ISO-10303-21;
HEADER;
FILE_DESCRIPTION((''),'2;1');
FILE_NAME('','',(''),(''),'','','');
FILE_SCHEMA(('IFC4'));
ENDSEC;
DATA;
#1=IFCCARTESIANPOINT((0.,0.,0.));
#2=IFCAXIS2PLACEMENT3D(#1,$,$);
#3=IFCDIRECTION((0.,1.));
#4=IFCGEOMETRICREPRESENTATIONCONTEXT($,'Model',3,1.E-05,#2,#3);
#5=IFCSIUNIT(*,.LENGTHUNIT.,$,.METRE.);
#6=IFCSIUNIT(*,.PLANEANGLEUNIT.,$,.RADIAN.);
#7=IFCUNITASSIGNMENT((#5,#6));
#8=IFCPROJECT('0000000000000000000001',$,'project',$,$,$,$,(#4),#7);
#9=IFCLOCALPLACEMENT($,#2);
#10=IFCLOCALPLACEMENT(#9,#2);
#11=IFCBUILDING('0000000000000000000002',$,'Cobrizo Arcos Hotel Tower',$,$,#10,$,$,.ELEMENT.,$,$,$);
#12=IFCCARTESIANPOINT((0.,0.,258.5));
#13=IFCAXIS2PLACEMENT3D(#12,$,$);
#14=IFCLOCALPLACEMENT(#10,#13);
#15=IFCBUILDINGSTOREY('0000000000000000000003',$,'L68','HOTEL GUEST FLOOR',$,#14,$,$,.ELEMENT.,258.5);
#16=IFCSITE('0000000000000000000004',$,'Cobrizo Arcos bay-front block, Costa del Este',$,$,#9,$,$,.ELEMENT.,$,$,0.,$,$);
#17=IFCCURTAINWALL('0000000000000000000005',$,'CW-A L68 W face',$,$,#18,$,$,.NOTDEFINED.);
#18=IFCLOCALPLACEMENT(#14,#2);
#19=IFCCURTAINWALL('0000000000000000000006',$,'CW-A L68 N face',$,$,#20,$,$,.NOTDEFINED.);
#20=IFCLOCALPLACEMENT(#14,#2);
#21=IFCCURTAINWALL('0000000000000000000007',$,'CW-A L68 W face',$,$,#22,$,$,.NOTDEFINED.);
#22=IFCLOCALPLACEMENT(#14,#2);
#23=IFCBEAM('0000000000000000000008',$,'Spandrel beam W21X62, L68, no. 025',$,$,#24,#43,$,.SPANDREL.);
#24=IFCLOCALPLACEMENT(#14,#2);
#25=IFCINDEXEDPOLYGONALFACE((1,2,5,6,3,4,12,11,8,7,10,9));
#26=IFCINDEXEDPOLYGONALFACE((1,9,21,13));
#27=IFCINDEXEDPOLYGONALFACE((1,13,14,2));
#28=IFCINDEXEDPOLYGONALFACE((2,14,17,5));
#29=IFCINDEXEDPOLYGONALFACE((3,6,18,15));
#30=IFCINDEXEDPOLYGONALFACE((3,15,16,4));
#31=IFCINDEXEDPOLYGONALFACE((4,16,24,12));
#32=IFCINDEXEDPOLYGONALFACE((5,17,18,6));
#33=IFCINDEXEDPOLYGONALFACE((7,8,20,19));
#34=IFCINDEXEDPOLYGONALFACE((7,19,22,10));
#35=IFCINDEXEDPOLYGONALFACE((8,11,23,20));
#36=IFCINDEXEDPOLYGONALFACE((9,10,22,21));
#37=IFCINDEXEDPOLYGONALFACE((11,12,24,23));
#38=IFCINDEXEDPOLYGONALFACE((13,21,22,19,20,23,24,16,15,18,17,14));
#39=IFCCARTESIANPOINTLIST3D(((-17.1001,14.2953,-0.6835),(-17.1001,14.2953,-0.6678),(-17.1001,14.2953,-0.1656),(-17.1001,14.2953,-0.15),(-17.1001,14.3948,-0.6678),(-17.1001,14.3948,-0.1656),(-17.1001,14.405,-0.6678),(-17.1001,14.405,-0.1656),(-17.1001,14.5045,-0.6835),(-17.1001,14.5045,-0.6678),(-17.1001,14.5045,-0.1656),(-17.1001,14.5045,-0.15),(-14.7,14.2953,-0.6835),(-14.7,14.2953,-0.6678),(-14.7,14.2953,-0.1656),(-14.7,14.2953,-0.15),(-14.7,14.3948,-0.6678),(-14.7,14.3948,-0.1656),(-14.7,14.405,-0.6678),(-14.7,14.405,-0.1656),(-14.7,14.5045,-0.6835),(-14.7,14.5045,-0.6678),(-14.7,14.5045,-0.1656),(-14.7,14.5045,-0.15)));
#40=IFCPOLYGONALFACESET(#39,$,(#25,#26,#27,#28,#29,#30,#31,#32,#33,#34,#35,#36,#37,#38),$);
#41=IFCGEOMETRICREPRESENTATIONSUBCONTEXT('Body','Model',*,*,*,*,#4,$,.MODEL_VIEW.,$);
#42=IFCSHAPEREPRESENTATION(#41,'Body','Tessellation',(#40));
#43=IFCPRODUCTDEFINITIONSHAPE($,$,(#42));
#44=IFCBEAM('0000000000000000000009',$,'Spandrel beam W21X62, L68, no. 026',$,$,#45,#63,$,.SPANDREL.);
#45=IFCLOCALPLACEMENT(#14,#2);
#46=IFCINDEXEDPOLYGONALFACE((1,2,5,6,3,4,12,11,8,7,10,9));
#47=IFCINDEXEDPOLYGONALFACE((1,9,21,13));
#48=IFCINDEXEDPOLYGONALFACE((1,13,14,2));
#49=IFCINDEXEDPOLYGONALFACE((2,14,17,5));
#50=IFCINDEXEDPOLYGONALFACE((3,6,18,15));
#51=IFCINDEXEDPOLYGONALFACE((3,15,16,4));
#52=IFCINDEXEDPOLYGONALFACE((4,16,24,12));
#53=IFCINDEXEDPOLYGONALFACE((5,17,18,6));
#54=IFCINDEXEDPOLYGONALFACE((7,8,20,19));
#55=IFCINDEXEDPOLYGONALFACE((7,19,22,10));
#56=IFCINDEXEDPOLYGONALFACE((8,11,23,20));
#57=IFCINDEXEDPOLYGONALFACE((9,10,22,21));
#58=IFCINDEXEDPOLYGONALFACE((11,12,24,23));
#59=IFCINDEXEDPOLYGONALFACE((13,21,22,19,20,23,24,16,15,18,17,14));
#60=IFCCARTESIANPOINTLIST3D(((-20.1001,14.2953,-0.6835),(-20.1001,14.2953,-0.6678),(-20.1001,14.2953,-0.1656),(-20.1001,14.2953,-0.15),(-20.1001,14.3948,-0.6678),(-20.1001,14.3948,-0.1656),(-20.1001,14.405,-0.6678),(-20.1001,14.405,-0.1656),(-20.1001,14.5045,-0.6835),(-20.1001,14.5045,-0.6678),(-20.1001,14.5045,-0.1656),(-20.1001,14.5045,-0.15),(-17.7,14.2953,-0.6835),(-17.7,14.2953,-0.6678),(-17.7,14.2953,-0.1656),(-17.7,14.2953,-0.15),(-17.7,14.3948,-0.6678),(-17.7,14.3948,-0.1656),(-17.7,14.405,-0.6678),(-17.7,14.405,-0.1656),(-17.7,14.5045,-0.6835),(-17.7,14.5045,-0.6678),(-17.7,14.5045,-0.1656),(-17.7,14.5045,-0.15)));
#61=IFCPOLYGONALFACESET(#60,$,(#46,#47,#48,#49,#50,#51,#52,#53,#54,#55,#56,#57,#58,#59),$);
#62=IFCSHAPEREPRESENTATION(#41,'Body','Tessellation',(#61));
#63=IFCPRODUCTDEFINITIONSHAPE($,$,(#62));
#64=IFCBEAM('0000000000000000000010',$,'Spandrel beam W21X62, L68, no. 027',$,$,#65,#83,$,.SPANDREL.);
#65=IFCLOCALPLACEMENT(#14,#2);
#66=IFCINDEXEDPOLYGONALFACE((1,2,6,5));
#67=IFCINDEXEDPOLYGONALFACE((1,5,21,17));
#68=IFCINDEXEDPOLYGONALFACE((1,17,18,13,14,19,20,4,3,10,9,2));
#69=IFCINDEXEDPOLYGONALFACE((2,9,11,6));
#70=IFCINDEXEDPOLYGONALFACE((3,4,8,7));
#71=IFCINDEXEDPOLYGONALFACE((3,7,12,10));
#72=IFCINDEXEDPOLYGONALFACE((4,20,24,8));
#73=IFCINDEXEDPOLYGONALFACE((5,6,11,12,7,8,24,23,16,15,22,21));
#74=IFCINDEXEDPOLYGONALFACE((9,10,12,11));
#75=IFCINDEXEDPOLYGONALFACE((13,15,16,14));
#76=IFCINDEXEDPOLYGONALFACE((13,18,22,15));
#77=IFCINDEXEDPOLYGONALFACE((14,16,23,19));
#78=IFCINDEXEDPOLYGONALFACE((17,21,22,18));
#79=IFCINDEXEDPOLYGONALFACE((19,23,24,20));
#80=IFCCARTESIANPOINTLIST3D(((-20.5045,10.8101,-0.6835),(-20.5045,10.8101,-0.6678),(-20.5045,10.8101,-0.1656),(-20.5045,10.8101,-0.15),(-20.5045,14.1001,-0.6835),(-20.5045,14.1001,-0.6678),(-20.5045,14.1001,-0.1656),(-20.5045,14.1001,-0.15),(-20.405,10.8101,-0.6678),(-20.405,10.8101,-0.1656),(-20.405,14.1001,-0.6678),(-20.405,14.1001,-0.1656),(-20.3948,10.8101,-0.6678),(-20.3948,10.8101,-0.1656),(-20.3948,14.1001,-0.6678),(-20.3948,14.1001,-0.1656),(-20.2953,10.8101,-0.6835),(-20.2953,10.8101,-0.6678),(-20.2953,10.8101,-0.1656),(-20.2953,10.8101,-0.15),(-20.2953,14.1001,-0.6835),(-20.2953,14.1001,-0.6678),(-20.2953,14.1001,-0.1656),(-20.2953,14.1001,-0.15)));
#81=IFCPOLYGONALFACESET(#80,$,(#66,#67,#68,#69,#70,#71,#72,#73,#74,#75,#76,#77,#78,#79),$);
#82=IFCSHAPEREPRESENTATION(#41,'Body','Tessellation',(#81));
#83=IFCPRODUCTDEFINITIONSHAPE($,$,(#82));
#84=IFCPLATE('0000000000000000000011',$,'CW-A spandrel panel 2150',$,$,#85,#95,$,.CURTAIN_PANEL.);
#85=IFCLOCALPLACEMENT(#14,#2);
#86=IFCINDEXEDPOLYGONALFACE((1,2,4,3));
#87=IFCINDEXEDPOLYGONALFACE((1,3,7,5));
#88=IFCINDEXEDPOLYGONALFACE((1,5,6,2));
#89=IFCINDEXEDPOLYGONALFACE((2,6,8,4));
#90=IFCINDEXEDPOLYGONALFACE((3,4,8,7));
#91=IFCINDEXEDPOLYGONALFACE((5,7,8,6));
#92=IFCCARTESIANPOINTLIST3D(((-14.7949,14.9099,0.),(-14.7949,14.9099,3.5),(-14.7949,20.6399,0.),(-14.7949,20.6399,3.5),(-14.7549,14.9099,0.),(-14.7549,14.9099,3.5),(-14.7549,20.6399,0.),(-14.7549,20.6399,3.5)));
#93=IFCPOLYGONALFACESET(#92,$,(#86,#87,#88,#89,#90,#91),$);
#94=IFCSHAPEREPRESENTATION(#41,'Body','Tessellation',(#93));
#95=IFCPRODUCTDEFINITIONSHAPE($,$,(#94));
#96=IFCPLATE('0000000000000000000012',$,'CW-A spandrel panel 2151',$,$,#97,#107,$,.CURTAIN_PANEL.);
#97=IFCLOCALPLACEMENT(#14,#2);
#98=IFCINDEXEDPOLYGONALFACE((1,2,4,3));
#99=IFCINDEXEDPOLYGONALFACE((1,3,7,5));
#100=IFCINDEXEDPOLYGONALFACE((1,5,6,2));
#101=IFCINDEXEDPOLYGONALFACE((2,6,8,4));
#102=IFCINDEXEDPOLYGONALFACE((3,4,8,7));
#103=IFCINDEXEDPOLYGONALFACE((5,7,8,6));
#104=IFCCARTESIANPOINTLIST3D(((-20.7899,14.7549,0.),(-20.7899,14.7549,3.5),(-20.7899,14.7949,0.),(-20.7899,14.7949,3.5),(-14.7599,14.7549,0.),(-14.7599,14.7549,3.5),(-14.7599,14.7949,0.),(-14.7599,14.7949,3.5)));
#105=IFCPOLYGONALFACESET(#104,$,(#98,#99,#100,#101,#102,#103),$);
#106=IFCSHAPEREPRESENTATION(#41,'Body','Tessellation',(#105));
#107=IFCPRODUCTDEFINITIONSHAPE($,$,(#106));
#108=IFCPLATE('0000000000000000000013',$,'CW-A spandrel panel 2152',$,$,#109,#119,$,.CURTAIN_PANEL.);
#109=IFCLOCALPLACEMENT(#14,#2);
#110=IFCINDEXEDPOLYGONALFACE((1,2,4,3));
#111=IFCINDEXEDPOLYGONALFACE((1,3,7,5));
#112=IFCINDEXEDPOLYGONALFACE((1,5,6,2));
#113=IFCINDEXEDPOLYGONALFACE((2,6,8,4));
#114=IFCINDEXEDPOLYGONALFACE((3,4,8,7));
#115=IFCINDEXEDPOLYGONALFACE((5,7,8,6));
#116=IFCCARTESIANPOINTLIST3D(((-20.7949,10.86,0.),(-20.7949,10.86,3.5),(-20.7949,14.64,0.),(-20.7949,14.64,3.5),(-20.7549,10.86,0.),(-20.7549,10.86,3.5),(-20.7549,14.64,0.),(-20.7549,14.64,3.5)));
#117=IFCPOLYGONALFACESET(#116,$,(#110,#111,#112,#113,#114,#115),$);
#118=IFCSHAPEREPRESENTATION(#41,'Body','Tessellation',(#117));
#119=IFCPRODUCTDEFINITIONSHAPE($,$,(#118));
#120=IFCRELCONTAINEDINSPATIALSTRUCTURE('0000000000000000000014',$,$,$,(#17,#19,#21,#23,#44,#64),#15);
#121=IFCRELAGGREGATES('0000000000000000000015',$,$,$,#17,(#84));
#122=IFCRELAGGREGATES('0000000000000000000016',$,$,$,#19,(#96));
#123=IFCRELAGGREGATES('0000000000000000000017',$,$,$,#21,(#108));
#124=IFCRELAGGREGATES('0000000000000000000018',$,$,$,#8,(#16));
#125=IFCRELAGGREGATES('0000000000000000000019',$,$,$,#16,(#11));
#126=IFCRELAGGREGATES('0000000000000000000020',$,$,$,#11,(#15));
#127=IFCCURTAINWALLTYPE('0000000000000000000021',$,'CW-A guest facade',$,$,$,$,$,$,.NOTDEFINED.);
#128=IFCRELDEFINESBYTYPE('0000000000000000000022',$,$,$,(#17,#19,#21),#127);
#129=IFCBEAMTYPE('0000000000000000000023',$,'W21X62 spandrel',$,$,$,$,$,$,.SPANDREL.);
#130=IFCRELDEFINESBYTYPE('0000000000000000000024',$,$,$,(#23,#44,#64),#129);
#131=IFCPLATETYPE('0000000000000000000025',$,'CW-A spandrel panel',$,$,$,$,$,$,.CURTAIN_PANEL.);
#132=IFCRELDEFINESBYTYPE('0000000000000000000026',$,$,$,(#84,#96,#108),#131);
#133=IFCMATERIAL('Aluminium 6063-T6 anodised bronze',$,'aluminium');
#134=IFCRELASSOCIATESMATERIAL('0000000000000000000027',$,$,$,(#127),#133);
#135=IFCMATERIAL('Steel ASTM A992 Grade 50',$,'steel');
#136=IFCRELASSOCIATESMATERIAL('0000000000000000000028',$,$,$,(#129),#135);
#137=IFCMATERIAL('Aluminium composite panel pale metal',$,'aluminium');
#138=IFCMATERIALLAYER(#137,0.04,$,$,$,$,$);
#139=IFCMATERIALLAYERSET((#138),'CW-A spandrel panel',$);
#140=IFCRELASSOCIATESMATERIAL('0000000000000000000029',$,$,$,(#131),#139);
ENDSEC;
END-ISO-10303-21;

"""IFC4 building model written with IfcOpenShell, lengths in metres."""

from ifc_helpers import new_model, si_unit, direction, frame, origin, origin_2d, place, context, subcontext, project, spatial, rectangle, i_section, extrude, material, layer, layer_set, material_profile, profile_set, type_object, element, aggregate, save


model = new_model("IFC4")

# Units and contexts
model_context = context("Model", 3, precision=1e-05, world=origin(), true_north=direction((0.0, 1.0)))
body_context = subcontext(model_context, "Body", "Model", "MODEL_VIEW")
ifc_project = project(units=[si_unit("LENGTHUNIT", "METRE"), si_unit("PLANEANGLEUNIT", "RADIAN")], contexts=[model_context])

# Site, building, storey
site_placement = place(None, origin())
site = spatial("IfcSite", under=ifc_project, at=site_placement, Name="Cobrizo Arcos bay-front block, Costa del Este", CompositionType="ELEMENT", RefElevation=0.0)
building_placement = place(site_placement, origin())
building = spatial("IfcBuilding", under=site, at=building_placement, Name="Cobrizo Arcos Hotel Tower", CompositionType="ELEMENT")
storey_placement = place(building_placement, frame((0.0, 0.0, 258.5)))
storey = spatial("IfcBuildingStorey", under=building, at=storey_placement, Name="L68", Description="HOTEL GUEST FLOOR", CompositionType="ELEMENT", Elevation=258.5)

# Shared definitions
ifc_material_1 = material(Name="Aluminium 6063-T6 anodised bronze", Category="aluminium")
curtain_wall_type = type_object("IfcCurtainWallType", Name="CW-A guest facade", PredefinedType="NOTDEFINED", material=ifc_material_1)

# Curtain walls
curtain_wall_1_placement = place(storey_placement, origin())
curtain_wall_1 = element("IfcCurtainWall", 1, at=curtain_wall_1_placement, inside=storey, type_object=curtain_wall_type, Name="CW-A L68 W face", PredefinedType="NOTDEFINED")
curtain_wall_2_placement = place(storey_placement, origin())
curtain_wall_2 = element("IfcCurtainWall", 2, at=curtain_wall_2_placement, inside=storey, type_object=curtain_wall_type, Name="CW-A L68 N face", PredefinedType="NOTDEFINED")

# Curtain wall
curtain_wall_3_placement = place(storey_placement, origin())
curtain_wall_3 = element("IfcCurtainWall", 3, at=curtain_wall_3_placement, inside=storey, type_object=curtain_wall_type, Name="CW-A L68 W face", PredefinedType="NOTDEFINED")

# Beams
ifc_material_2 = material(Name="Steel ASTM A992 Grade 50", Category="steel")
ifc_material_profile_1 = material_profile(ifc_material_2, i_section(OverallWidth=0.2092, OverallDepth=0.5334, WebThickness=0.0103, FlangeThickness=0.0156, at=origin_2d()), Name="W21X62")
ifc_profile_set_1 = profile_set([ifc_material_profile_1], Name="Steel ASTM A992 Grade 50")
beam_type = type_object("IfcBeamType", Name="W21X62 spandrel", PredefinedType="SPANDREL", material=ifc_profile_set_1)
for number, where, z_axis, x_axis, name in (
    (4, (-14.7, 14.3999, -0.4167), (-1.0, 0.0, 0.0), (0.0, -1.0, 0.0), "Spandrel beam W21X62, L68, no. 025"),
    (5, (-17.7, 14.3999, -0.4167), (-1.0, 0.0, 0.0), (0.0, -1.0, 0.0), "Spandrel beam W21X62, L68, no. 026"),
):
    element("IfcBeam", number, at=place(storey_placement, frame(where, z_axis=z_axis, x_axis=x_axis)), inside=storey, type_object=beam_type, Name=name, PredefinedType="SPANDREL", context=body_context, shape_type="SweptSolid", body=[
        extrude(i_section(OverallWidth=0.2092, OverallDepth=0.5334, WebThickness=0.0103, FlangeThickness=0.0156, at=origin_2d()), origin(), (0.0, 0.0, 1.0), 2.4001),
    ])
beam_placement = place(storey_placement, frame((-20.3999, 14.1001, -0.4167), z_axis=(0.0, -1.0, 0.0), x_axis=(1.0, 0.0, 0.0)))
element("IfcBeam", 6, at=beam_placement, inside=storey, type_object=beam_type, Name="Spandrel beam W21X62, L68, no. 027", PredefinedType="SPANDREL", context=body_context, shape_type="SweptSolid", body=[
    extrude(i_section(OverallWidth=0.2092, OverallDepth=0.5334, WebThickness=0.0103, FlangeThickness=0.0156, at=origin_2d()), origin(), (0.0, 0.0, 1.0), 3.29),
])

# Plates
ifc_material_3 = material(Name="Aluminium composite panel pale metal", Category="aluminium")
ifc_layer_1 = layer(ifc_material_3, 0.04)
ifc_layer_set_1 = layer_set([ifc_layer_1], Name="CW-A spandrel panel")
plate_type = type_object("IfcPlateType", Name="CW-A spandrel panel", PredefinedType="CURTAIN_PANEL", material=ifc_layer_set_1)
plate_1_placement = place(storey_placement, frame((-14.7749, 17.7749, 0.0), z_axis=(0.0, 0.0, 1.0), x_axis=(0.0, -1.0, 0.0)))
plate_1 = element("IfcPlate", 7, at=plate_1_placement, type_object=plate_type, Name="CW-A spandrel panel 2150", PredefinedType="CURTAIN_PANEL", context=body_context, shape_type="SweptSolid", body=[
    extrude(rectangle(XDim=5.73, YDim=0.04, at=origin_2d()), origin(), (0.0, 0.0, 1.0), 3.5),
])
aggregate(curtain_wall_1, [plate_1])
plate_2_placement = place(storey_placement, frame((-17.7749, 14.7749, 0.0), z_axis=(0.0, 0.0, 1.0), x_axis=(-1.0, 0.0, 0.0)))
plate_2 = element("IfcPlate", 8, at=plate_2_placement, type_object=plate_type, Name="CW-A spandrel panel 2151", PredefinedType="CURTAIN_PANEL", context=body_context, shape_type="SweptSolid", body=[
    extrude(rectangle(XDim=6.03, YDim=0.04, at=origin_2d()), origin(), (0.0, 0.0, 1.0), 3.5),
])
aggregate(curtain_wall_2, [plate_2])
plate_3_placement = place(storey_placement, frame((-20.7749, 12.75, 0.0), z_axis=(0.0, 0.0, 1.0), x_axis=(0.0, -1.0, 0.0)))
plate_3 = element("IfcPlate", 9, at=plate_3_placement, type_object=plate_type, Name="CW-A spandrel panel 2152", PredefinedType="CURTAIN_PANEL", context=body_context, shape_type="SweptSolid", body=[
    extrude(rectangle(XDim=3.78, YDim=0.04, at=origin_2d()), origin(), (0.0, 0.0, 1.0), 3.5),
])
aggregate(curtain_wall_3, [plate_3])

save(model, "model.ifc")
